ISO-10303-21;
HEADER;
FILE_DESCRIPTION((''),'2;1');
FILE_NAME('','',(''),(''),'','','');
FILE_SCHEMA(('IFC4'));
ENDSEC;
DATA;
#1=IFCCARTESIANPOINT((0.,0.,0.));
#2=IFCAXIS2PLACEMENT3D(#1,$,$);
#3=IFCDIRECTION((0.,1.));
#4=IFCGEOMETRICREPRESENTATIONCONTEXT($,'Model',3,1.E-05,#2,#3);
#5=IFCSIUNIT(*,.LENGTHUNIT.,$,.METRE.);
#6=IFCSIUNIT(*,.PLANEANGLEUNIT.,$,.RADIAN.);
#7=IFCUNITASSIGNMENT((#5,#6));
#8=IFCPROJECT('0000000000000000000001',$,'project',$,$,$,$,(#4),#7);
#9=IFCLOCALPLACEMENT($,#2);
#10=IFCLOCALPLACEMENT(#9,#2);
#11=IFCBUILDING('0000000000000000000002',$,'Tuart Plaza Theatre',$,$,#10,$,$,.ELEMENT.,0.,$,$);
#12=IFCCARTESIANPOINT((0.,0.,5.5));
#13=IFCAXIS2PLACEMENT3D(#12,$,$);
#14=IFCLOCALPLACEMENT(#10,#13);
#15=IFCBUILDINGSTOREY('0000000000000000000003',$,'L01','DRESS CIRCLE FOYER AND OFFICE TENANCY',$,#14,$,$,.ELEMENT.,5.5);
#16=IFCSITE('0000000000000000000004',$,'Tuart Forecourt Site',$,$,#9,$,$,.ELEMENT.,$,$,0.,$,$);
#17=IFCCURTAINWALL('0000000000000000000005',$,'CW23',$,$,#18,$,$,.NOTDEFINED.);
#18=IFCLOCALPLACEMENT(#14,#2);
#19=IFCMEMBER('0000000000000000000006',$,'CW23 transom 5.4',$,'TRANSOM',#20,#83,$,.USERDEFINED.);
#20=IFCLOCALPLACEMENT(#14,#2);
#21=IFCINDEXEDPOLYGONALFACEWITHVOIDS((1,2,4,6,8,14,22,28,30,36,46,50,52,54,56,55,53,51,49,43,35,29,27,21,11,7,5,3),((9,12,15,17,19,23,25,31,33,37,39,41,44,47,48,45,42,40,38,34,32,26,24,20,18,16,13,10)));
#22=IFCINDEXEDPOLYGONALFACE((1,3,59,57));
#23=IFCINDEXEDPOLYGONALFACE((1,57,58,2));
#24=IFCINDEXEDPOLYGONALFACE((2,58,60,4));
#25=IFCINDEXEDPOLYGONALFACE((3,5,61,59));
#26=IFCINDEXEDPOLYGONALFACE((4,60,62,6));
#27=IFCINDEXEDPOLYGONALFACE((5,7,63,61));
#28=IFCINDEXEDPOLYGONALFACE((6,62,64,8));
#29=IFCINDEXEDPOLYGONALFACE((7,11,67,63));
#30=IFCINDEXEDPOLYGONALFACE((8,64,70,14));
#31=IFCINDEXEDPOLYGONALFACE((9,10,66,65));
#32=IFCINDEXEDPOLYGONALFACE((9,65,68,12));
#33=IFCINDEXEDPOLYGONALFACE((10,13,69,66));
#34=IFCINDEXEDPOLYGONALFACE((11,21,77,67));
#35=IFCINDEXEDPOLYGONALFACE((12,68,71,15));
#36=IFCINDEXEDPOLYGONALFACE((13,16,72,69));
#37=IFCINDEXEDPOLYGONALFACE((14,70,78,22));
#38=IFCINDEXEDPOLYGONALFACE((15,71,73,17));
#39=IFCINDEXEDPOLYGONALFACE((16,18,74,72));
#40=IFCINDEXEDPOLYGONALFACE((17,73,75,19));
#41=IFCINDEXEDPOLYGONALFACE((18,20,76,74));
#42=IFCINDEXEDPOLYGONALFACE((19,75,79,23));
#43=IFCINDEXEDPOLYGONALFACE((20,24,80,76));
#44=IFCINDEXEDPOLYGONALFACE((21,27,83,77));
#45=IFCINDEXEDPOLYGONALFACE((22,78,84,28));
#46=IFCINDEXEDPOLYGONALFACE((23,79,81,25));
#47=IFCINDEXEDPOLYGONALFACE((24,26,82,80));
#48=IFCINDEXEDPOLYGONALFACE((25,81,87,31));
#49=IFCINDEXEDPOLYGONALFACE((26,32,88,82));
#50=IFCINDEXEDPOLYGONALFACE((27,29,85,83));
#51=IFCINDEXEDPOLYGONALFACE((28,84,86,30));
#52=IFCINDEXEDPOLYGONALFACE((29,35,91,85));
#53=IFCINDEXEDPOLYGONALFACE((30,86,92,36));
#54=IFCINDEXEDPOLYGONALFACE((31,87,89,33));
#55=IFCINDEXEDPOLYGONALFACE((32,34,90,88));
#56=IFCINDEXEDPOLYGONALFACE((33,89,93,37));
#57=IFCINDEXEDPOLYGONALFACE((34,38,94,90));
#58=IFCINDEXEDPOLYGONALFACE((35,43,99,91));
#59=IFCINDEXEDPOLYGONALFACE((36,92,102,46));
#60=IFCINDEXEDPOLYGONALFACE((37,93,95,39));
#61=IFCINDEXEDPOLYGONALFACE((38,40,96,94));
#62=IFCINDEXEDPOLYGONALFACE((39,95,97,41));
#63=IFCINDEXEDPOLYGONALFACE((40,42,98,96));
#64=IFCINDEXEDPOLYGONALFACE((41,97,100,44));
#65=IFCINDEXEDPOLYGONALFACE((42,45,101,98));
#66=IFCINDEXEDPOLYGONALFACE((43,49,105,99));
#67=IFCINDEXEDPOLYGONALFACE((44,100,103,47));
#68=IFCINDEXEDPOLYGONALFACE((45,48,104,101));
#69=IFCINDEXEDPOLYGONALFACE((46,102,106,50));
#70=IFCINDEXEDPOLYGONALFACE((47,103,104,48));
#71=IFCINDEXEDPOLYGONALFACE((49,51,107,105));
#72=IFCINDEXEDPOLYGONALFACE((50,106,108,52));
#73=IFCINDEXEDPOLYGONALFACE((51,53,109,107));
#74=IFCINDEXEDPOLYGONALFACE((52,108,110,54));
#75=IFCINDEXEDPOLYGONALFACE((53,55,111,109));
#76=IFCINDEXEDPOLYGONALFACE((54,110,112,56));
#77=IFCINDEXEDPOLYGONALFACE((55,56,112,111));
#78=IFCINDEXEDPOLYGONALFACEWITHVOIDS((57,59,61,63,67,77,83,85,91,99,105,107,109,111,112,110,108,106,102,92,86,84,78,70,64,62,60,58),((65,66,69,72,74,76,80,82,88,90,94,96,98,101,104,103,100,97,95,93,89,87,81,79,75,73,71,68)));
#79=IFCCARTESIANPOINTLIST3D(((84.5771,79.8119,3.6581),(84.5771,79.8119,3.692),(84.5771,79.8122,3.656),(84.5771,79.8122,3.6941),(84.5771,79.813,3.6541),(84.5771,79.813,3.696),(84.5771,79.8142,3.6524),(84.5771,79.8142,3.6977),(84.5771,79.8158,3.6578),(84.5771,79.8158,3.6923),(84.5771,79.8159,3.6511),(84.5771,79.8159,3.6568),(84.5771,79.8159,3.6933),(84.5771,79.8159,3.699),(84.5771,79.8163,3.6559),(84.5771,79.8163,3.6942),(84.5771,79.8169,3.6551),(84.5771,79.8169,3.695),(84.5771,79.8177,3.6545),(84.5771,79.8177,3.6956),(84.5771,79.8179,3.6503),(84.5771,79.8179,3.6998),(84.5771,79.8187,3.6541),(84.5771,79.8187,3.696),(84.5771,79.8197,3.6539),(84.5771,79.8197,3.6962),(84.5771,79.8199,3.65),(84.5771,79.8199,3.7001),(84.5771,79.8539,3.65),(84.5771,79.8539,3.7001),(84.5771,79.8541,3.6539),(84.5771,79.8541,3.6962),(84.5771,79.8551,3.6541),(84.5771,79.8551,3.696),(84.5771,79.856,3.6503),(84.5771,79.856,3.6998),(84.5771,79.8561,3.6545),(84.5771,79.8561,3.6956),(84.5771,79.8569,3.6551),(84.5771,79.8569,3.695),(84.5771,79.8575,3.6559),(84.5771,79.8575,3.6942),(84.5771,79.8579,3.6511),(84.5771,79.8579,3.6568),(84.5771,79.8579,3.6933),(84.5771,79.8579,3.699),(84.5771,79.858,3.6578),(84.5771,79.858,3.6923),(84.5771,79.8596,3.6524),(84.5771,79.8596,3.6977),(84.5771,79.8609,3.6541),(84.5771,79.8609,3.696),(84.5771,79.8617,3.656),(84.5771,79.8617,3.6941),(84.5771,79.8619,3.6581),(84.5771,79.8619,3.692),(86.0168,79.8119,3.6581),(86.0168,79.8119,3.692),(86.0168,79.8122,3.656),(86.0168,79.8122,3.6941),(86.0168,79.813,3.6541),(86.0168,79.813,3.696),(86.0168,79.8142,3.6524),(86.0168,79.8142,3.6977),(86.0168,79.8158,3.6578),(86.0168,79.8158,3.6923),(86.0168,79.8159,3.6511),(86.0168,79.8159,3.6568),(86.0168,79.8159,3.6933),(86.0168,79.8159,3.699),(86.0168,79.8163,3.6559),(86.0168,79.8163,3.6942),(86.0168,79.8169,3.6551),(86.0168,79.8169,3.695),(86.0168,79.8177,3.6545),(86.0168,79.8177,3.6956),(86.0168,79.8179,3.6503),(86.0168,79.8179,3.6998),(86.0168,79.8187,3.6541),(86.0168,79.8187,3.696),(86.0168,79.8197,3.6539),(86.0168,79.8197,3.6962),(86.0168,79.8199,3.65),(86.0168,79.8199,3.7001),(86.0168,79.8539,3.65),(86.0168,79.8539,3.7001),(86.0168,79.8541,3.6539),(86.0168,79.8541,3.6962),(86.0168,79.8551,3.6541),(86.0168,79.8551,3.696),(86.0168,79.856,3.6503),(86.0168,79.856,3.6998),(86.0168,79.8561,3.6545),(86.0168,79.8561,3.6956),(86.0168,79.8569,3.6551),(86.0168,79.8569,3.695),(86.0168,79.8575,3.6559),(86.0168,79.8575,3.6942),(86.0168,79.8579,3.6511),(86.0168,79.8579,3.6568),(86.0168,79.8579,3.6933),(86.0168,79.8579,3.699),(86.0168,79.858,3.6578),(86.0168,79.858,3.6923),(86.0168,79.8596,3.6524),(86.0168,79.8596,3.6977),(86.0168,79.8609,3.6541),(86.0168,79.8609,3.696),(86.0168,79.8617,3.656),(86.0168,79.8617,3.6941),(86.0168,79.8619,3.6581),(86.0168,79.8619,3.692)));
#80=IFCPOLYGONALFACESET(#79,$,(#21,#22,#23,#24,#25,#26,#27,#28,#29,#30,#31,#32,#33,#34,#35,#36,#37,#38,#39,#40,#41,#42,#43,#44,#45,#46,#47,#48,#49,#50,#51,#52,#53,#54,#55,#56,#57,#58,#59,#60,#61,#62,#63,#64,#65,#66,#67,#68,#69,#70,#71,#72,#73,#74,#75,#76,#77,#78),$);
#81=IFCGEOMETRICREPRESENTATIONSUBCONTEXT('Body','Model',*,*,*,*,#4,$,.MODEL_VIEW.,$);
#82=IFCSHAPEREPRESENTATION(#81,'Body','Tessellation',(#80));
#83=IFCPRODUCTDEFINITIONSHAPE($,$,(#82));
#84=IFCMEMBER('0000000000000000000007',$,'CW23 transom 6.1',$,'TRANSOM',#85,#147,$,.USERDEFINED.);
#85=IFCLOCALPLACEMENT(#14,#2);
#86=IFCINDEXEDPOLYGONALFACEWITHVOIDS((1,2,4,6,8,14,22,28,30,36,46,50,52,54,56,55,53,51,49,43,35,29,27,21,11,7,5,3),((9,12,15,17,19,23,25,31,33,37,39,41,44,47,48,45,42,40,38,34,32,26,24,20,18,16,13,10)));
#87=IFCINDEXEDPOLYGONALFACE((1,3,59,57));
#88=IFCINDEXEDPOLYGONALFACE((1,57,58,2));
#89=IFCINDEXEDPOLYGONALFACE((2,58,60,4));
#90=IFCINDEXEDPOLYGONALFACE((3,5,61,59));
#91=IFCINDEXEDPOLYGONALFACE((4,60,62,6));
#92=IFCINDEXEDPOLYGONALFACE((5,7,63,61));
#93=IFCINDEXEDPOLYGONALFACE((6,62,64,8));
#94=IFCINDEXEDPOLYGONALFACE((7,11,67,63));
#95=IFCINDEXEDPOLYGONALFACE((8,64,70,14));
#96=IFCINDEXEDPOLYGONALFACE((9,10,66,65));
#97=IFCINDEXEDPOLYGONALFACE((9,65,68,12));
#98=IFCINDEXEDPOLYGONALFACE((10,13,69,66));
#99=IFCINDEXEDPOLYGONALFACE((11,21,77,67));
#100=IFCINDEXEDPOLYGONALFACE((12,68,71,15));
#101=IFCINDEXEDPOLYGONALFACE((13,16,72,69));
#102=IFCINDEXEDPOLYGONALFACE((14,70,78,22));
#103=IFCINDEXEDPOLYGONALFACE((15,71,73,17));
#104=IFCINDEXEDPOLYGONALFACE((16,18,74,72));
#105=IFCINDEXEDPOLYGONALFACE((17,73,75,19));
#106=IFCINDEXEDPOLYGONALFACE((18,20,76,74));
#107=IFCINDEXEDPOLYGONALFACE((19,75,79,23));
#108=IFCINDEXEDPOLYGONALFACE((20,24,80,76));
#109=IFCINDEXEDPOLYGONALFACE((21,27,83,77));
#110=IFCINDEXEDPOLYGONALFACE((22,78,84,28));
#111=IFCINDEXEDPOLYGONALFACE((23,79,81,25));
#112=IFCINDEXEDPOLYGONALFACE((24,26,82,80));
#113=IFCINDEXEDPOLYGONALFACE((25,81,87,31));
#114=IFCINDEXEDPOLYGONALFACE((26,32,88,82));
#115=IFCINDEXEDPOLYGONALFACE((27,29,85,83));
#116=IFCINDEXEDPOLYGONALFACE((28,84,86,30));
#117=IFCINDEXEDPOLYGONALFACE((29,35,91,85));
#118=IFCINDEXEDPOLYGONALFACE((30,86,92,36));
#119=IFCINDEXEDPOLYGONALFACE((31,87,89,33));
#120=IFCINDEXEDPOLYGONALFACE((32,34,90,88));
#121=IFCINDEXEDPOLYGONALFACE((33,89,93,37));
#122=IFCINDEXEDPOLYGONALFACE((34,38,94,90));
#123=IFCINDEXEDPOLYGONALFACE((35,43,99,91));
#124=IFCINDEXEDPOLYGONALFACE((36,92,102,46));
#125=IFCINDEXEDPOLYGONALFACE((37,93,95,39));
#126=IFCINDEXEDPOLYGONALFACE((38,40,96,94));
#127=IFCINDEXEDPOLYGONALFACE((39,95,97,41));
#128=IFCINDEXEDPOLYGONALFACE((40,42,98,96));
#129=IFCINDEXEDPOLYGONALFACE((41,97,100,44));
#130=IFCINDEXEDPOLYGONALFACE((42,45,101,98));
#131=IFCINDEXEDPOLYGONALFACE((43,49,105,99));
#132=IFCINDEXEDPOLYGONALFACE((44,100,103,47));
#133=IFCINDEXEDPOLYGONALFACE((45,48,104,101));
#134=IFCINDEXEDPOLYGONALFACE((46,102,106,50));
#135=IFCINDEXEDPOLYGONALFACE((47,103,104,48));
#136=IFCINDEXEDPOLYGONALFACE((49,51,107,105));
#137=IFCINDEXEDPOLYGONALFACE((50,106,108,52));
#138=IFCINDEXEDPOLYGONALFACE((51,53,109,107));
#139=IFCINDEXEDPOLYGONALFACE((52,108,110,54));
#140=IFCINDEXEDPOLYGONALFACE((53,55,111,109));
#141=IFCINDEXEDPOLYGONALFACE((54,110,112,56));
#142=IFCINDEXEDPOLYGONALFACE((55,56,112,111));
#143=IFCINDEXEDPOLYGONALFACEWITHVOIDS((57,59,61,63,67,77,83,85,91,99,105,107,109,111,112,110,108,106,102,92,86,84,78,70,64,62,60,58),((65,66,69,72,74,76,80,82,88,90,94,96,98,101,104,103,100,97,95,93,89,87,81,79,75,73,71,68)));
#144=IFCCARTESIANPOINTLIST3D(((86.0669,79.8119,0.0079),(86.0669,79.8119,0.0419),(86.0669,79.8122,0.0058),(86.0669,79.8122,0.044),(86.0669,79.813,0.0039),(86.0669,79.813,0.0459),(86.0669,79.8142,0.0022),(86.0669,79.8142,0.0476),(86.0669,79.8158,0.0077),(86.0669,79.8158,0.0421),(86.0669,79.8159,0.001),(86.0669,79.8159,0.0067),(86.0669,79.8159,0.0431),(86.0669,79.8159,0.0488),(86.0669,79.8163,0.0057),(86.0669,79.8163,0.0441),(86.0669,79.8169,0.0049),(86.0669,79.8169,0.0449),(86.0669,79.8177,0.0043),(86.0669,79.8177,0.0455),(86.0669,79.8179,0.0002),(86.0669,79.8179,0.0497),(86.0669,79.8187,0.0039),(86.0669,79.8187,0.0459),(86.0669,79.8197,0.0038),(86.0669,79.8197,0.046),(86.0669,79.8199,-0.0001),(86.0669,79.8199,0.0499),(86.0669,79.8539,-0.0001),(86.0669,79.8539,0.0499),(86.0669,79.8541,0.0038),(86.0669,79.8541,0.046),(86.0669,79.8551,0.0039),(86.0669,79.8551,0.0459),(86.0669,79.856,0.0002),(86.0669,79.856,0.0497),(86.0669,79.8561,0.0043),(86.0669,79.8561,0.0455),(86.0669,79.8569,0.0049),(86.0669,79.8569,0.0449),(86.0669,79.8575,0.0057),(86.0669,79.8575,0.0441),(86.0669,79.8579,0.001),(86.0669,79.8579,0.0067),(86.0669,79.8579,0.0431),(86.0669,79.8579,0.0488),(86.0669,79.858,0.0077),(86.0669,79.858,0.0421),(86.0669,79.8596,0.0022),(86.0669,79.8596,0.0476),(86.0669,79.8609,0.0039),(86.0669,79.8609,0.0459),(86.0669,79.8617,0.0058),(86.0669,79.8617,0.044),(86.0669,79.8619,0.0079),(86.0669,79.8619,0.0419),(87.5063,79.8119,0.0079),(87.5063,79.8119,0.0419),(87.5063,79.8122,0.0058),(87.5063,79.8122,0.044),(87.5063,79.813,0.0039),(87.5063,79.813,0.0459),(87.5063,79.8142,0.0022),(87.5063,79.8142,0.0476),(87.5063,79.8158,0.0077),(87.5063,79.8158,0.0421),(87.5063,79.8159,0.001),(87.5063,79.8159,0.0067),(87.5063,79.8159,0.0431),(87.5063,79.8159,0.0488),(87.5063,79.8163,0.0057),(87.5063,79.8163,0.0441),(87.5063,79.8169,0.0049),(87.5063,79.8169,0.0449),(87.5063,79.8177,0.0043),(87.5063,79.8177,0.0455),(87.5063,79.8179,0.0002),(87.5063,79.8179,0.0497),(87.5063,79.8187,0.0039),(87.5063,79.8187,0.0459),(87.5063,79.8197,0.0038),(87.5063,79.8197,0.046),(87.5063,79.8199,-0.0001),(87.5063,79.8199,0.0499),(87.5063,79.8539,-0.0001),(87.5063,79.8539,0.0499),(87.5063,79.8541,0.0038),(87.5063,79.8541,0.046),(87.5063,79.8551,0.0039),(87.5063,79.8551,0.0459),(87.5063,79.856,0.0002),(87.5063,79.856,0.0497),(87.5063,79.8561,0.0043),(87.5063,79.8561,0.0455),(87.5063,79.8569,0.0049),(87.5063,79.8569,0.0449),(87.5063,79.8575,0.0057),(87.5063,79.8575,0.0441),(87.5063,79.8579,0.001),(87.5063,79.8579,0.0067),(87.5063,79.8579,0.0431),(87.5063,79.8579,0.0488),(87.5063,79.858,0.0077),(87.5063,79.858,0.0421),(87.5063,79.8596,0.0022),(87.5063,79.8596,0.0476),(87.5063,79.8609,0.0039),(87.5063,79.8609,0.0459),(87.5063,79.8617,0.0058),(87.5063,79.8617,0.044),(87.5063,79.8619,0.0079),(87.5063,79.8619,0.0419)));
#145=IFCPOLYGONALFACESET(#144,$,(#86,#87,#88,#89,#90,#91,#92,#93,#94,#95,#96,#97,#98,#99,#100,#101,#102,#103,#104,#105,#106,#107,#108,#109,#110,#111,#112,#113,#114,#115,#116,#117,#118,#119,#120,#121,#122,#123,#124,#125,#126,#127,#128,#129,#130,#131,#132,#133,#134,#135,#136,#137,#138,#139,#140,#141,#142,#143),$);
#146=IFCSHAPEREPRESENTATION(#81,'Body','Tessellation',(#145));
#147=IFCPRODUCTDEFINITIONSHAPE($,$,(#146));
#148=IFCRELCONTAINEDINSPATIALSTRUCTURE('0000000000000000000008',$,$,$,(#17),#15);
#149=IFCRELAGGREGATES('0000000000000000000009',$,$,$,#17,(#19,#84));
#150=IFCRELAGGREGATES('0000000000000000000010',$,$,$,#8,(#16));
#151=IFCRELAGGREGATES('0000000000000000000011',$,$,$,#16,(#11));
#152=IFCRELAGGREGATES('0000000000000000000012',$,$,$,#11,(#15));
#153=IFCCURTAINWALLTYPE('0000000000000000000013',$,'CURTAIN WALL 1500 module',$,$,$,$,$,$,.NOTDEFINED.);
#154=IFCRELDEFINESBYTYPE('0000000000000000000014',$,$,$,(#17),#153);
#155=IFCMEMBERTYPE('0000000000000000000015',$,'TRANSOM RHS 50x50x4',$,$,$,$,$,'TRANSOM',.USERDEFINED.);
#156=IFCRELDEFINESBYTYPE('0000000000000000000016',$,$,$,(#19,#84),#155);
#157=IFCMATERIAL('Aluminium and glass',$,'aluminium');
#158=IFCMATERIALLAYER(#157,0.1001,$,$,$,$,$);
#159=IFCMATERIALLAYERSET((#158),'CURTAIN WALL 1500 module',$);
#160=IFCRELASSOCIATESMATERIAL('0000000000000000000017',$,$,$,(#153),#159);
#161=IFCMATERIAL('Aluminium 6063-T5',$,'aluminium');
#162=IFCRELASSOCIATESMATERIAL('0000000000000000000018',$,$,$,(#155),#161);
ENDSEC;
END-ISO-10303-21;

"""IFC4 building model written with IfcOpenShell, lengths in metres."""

from ifc_helpers import new_model, si_unit, direction, frame, origin, origin_2d, place, context, subcontext, project, spatial, hollow_rectangle, extrude, material, layer, layer_set, material_profile, profile_set, type_object, element, aggregate, save


model = new_model("IFC4")

# Units and contexts
model_context = context("Model", 3, precision=1e-05, world=origin(), true_north=direction((0.0, 1.0)))
body_context = subcontext(model_context, "Body", "Model", "MODEL_VIEW")
ifc_project = project(units=[si_unit("LENGTHUNIT", "METRE"), si_unit("PLANEANGLEUNIT", "RADIAN")], contexts=[model_context])

# Site, building, storey
site_placement = place(None, origin())
site = spatial("IfcSite", under=ifc_project, at=site_placement, Name="Tuart Forecourt Site", CompositionType="ELEMENT", RefElevation=0.0)
building_placement = place(site_placement, origin())
building = spatial("IfcBuilding", under=site, at=building_placement, Name="Tuart Plaza Theatre", CompositionType="ELEMENT", ElevationOfRefHeight=0.0)
storey_placement = place(building_placement, frame((0.0, 0.0, 5.5)))
storey = spatial("IfcBuildingStorey", under=building, at=storey_placement, Name="L01", Description="DRESS CIRCLE FOYER AND OFFICE TENANCY", CompositionType="ELEMENT", Elevation=5.5)

# Curtain wall, members
ifc_material_1 = material(Name="Aluminium and glass", Category="aluminium")
ifc_layer_1 = layer(ifc_material_1, 0.1001)
ifc_layer_set_1 = layer_set([ifc_layer_1], Name="CURTAIN WALL 1500 module")
curtain_wall_type = type_object("IfcCurtainWallType", Name="CURTAIN WALL 1500 module", PredefinedType="NOTDEFINED", material=ifc_layer_set_1)
curtain_wall_placement = place(storey_placement, origin())
curtain_wall = element("IfcCurtainWall", 1, at=curtain_wall_placement, inside=storey, type_object=curtain_wall_type, Name="CW23", PredefinedType="NOTDEFINED")
ifc_material_2 = material(Name="Aluminium 6063-T5", Category="aluminium")
ifc_material_profile_1 = material_profile(ifc_material_2, hollow_rectangle(XDim=0.05, YDim=0.05, WallThickness=0.0039, InnerFilletRadius=0.0039, OuterFilletRadius=0.0081, at=origin_2d()), Name="RHS 50x50x4")
ifc_profile_set_1 = profile_set([ifc_material_profile_1], Name="Aluminium 6063-T5")
member_type_1 = type_object("IfcMemberType", Name="TRANSOM RHS 50x50x4", ElementType="TRANSOM", PredefinedType="USERDEFINED", material=ifc_profile_set_1)
member_1_placement = place(storey_placement, frame((84.5771, 79.8369, 3.675), z_axis=(1.0, 0.0, 0.0), x_axis=(0.0, 1.0, 0.0)))
member_1 = element("IfcMember", 2, at=member_1_placement, type_object=member_type_1, Name="CW23 transom 5.4", ObjectType="TRANSOM", PredefinedType="USERDEFINED", context=body_context, shape_type="SweptSolid", body=[
    extrude(hollow_rectangle(XDim=0.05, YDim=0.05, WallThickness=0.0039, InnerFilletRadius=0.0039, OuterFilletRadius=0.0081, at=origin_2d()), origin(), (0.0, 0.0, 1.0), 1.4397),
])
member_2_placement = place(storey_placement, frame((86.0669, 79.8369, 0.0249), z_axis=(1.0, 0.0, 0.0), x_axis=(0.0, 1.0, 0.0)))
member_2 = element("IfcMember", 3, at=member_2_placement, type_object=member_type_1, Name="CW23 transom 6.1", ObjectType="TRANSOM", PredefinedType="USERDEFINED", context=body_context, shape_type="SweptSolid", body=[
    extrude(hollow_rectangle(XDim=0.05, YDim=0.05, WallThickness=0.0039, InnerFilletRadius=0.0039, OuterFilletRadius=0.0081, at=origin_2d()), origin(), (0.0, 0.0, 1.0), 1.4395),
])
aggregate(curtain_wall, [member_1, member_2])

save(model, "model.ifc")
